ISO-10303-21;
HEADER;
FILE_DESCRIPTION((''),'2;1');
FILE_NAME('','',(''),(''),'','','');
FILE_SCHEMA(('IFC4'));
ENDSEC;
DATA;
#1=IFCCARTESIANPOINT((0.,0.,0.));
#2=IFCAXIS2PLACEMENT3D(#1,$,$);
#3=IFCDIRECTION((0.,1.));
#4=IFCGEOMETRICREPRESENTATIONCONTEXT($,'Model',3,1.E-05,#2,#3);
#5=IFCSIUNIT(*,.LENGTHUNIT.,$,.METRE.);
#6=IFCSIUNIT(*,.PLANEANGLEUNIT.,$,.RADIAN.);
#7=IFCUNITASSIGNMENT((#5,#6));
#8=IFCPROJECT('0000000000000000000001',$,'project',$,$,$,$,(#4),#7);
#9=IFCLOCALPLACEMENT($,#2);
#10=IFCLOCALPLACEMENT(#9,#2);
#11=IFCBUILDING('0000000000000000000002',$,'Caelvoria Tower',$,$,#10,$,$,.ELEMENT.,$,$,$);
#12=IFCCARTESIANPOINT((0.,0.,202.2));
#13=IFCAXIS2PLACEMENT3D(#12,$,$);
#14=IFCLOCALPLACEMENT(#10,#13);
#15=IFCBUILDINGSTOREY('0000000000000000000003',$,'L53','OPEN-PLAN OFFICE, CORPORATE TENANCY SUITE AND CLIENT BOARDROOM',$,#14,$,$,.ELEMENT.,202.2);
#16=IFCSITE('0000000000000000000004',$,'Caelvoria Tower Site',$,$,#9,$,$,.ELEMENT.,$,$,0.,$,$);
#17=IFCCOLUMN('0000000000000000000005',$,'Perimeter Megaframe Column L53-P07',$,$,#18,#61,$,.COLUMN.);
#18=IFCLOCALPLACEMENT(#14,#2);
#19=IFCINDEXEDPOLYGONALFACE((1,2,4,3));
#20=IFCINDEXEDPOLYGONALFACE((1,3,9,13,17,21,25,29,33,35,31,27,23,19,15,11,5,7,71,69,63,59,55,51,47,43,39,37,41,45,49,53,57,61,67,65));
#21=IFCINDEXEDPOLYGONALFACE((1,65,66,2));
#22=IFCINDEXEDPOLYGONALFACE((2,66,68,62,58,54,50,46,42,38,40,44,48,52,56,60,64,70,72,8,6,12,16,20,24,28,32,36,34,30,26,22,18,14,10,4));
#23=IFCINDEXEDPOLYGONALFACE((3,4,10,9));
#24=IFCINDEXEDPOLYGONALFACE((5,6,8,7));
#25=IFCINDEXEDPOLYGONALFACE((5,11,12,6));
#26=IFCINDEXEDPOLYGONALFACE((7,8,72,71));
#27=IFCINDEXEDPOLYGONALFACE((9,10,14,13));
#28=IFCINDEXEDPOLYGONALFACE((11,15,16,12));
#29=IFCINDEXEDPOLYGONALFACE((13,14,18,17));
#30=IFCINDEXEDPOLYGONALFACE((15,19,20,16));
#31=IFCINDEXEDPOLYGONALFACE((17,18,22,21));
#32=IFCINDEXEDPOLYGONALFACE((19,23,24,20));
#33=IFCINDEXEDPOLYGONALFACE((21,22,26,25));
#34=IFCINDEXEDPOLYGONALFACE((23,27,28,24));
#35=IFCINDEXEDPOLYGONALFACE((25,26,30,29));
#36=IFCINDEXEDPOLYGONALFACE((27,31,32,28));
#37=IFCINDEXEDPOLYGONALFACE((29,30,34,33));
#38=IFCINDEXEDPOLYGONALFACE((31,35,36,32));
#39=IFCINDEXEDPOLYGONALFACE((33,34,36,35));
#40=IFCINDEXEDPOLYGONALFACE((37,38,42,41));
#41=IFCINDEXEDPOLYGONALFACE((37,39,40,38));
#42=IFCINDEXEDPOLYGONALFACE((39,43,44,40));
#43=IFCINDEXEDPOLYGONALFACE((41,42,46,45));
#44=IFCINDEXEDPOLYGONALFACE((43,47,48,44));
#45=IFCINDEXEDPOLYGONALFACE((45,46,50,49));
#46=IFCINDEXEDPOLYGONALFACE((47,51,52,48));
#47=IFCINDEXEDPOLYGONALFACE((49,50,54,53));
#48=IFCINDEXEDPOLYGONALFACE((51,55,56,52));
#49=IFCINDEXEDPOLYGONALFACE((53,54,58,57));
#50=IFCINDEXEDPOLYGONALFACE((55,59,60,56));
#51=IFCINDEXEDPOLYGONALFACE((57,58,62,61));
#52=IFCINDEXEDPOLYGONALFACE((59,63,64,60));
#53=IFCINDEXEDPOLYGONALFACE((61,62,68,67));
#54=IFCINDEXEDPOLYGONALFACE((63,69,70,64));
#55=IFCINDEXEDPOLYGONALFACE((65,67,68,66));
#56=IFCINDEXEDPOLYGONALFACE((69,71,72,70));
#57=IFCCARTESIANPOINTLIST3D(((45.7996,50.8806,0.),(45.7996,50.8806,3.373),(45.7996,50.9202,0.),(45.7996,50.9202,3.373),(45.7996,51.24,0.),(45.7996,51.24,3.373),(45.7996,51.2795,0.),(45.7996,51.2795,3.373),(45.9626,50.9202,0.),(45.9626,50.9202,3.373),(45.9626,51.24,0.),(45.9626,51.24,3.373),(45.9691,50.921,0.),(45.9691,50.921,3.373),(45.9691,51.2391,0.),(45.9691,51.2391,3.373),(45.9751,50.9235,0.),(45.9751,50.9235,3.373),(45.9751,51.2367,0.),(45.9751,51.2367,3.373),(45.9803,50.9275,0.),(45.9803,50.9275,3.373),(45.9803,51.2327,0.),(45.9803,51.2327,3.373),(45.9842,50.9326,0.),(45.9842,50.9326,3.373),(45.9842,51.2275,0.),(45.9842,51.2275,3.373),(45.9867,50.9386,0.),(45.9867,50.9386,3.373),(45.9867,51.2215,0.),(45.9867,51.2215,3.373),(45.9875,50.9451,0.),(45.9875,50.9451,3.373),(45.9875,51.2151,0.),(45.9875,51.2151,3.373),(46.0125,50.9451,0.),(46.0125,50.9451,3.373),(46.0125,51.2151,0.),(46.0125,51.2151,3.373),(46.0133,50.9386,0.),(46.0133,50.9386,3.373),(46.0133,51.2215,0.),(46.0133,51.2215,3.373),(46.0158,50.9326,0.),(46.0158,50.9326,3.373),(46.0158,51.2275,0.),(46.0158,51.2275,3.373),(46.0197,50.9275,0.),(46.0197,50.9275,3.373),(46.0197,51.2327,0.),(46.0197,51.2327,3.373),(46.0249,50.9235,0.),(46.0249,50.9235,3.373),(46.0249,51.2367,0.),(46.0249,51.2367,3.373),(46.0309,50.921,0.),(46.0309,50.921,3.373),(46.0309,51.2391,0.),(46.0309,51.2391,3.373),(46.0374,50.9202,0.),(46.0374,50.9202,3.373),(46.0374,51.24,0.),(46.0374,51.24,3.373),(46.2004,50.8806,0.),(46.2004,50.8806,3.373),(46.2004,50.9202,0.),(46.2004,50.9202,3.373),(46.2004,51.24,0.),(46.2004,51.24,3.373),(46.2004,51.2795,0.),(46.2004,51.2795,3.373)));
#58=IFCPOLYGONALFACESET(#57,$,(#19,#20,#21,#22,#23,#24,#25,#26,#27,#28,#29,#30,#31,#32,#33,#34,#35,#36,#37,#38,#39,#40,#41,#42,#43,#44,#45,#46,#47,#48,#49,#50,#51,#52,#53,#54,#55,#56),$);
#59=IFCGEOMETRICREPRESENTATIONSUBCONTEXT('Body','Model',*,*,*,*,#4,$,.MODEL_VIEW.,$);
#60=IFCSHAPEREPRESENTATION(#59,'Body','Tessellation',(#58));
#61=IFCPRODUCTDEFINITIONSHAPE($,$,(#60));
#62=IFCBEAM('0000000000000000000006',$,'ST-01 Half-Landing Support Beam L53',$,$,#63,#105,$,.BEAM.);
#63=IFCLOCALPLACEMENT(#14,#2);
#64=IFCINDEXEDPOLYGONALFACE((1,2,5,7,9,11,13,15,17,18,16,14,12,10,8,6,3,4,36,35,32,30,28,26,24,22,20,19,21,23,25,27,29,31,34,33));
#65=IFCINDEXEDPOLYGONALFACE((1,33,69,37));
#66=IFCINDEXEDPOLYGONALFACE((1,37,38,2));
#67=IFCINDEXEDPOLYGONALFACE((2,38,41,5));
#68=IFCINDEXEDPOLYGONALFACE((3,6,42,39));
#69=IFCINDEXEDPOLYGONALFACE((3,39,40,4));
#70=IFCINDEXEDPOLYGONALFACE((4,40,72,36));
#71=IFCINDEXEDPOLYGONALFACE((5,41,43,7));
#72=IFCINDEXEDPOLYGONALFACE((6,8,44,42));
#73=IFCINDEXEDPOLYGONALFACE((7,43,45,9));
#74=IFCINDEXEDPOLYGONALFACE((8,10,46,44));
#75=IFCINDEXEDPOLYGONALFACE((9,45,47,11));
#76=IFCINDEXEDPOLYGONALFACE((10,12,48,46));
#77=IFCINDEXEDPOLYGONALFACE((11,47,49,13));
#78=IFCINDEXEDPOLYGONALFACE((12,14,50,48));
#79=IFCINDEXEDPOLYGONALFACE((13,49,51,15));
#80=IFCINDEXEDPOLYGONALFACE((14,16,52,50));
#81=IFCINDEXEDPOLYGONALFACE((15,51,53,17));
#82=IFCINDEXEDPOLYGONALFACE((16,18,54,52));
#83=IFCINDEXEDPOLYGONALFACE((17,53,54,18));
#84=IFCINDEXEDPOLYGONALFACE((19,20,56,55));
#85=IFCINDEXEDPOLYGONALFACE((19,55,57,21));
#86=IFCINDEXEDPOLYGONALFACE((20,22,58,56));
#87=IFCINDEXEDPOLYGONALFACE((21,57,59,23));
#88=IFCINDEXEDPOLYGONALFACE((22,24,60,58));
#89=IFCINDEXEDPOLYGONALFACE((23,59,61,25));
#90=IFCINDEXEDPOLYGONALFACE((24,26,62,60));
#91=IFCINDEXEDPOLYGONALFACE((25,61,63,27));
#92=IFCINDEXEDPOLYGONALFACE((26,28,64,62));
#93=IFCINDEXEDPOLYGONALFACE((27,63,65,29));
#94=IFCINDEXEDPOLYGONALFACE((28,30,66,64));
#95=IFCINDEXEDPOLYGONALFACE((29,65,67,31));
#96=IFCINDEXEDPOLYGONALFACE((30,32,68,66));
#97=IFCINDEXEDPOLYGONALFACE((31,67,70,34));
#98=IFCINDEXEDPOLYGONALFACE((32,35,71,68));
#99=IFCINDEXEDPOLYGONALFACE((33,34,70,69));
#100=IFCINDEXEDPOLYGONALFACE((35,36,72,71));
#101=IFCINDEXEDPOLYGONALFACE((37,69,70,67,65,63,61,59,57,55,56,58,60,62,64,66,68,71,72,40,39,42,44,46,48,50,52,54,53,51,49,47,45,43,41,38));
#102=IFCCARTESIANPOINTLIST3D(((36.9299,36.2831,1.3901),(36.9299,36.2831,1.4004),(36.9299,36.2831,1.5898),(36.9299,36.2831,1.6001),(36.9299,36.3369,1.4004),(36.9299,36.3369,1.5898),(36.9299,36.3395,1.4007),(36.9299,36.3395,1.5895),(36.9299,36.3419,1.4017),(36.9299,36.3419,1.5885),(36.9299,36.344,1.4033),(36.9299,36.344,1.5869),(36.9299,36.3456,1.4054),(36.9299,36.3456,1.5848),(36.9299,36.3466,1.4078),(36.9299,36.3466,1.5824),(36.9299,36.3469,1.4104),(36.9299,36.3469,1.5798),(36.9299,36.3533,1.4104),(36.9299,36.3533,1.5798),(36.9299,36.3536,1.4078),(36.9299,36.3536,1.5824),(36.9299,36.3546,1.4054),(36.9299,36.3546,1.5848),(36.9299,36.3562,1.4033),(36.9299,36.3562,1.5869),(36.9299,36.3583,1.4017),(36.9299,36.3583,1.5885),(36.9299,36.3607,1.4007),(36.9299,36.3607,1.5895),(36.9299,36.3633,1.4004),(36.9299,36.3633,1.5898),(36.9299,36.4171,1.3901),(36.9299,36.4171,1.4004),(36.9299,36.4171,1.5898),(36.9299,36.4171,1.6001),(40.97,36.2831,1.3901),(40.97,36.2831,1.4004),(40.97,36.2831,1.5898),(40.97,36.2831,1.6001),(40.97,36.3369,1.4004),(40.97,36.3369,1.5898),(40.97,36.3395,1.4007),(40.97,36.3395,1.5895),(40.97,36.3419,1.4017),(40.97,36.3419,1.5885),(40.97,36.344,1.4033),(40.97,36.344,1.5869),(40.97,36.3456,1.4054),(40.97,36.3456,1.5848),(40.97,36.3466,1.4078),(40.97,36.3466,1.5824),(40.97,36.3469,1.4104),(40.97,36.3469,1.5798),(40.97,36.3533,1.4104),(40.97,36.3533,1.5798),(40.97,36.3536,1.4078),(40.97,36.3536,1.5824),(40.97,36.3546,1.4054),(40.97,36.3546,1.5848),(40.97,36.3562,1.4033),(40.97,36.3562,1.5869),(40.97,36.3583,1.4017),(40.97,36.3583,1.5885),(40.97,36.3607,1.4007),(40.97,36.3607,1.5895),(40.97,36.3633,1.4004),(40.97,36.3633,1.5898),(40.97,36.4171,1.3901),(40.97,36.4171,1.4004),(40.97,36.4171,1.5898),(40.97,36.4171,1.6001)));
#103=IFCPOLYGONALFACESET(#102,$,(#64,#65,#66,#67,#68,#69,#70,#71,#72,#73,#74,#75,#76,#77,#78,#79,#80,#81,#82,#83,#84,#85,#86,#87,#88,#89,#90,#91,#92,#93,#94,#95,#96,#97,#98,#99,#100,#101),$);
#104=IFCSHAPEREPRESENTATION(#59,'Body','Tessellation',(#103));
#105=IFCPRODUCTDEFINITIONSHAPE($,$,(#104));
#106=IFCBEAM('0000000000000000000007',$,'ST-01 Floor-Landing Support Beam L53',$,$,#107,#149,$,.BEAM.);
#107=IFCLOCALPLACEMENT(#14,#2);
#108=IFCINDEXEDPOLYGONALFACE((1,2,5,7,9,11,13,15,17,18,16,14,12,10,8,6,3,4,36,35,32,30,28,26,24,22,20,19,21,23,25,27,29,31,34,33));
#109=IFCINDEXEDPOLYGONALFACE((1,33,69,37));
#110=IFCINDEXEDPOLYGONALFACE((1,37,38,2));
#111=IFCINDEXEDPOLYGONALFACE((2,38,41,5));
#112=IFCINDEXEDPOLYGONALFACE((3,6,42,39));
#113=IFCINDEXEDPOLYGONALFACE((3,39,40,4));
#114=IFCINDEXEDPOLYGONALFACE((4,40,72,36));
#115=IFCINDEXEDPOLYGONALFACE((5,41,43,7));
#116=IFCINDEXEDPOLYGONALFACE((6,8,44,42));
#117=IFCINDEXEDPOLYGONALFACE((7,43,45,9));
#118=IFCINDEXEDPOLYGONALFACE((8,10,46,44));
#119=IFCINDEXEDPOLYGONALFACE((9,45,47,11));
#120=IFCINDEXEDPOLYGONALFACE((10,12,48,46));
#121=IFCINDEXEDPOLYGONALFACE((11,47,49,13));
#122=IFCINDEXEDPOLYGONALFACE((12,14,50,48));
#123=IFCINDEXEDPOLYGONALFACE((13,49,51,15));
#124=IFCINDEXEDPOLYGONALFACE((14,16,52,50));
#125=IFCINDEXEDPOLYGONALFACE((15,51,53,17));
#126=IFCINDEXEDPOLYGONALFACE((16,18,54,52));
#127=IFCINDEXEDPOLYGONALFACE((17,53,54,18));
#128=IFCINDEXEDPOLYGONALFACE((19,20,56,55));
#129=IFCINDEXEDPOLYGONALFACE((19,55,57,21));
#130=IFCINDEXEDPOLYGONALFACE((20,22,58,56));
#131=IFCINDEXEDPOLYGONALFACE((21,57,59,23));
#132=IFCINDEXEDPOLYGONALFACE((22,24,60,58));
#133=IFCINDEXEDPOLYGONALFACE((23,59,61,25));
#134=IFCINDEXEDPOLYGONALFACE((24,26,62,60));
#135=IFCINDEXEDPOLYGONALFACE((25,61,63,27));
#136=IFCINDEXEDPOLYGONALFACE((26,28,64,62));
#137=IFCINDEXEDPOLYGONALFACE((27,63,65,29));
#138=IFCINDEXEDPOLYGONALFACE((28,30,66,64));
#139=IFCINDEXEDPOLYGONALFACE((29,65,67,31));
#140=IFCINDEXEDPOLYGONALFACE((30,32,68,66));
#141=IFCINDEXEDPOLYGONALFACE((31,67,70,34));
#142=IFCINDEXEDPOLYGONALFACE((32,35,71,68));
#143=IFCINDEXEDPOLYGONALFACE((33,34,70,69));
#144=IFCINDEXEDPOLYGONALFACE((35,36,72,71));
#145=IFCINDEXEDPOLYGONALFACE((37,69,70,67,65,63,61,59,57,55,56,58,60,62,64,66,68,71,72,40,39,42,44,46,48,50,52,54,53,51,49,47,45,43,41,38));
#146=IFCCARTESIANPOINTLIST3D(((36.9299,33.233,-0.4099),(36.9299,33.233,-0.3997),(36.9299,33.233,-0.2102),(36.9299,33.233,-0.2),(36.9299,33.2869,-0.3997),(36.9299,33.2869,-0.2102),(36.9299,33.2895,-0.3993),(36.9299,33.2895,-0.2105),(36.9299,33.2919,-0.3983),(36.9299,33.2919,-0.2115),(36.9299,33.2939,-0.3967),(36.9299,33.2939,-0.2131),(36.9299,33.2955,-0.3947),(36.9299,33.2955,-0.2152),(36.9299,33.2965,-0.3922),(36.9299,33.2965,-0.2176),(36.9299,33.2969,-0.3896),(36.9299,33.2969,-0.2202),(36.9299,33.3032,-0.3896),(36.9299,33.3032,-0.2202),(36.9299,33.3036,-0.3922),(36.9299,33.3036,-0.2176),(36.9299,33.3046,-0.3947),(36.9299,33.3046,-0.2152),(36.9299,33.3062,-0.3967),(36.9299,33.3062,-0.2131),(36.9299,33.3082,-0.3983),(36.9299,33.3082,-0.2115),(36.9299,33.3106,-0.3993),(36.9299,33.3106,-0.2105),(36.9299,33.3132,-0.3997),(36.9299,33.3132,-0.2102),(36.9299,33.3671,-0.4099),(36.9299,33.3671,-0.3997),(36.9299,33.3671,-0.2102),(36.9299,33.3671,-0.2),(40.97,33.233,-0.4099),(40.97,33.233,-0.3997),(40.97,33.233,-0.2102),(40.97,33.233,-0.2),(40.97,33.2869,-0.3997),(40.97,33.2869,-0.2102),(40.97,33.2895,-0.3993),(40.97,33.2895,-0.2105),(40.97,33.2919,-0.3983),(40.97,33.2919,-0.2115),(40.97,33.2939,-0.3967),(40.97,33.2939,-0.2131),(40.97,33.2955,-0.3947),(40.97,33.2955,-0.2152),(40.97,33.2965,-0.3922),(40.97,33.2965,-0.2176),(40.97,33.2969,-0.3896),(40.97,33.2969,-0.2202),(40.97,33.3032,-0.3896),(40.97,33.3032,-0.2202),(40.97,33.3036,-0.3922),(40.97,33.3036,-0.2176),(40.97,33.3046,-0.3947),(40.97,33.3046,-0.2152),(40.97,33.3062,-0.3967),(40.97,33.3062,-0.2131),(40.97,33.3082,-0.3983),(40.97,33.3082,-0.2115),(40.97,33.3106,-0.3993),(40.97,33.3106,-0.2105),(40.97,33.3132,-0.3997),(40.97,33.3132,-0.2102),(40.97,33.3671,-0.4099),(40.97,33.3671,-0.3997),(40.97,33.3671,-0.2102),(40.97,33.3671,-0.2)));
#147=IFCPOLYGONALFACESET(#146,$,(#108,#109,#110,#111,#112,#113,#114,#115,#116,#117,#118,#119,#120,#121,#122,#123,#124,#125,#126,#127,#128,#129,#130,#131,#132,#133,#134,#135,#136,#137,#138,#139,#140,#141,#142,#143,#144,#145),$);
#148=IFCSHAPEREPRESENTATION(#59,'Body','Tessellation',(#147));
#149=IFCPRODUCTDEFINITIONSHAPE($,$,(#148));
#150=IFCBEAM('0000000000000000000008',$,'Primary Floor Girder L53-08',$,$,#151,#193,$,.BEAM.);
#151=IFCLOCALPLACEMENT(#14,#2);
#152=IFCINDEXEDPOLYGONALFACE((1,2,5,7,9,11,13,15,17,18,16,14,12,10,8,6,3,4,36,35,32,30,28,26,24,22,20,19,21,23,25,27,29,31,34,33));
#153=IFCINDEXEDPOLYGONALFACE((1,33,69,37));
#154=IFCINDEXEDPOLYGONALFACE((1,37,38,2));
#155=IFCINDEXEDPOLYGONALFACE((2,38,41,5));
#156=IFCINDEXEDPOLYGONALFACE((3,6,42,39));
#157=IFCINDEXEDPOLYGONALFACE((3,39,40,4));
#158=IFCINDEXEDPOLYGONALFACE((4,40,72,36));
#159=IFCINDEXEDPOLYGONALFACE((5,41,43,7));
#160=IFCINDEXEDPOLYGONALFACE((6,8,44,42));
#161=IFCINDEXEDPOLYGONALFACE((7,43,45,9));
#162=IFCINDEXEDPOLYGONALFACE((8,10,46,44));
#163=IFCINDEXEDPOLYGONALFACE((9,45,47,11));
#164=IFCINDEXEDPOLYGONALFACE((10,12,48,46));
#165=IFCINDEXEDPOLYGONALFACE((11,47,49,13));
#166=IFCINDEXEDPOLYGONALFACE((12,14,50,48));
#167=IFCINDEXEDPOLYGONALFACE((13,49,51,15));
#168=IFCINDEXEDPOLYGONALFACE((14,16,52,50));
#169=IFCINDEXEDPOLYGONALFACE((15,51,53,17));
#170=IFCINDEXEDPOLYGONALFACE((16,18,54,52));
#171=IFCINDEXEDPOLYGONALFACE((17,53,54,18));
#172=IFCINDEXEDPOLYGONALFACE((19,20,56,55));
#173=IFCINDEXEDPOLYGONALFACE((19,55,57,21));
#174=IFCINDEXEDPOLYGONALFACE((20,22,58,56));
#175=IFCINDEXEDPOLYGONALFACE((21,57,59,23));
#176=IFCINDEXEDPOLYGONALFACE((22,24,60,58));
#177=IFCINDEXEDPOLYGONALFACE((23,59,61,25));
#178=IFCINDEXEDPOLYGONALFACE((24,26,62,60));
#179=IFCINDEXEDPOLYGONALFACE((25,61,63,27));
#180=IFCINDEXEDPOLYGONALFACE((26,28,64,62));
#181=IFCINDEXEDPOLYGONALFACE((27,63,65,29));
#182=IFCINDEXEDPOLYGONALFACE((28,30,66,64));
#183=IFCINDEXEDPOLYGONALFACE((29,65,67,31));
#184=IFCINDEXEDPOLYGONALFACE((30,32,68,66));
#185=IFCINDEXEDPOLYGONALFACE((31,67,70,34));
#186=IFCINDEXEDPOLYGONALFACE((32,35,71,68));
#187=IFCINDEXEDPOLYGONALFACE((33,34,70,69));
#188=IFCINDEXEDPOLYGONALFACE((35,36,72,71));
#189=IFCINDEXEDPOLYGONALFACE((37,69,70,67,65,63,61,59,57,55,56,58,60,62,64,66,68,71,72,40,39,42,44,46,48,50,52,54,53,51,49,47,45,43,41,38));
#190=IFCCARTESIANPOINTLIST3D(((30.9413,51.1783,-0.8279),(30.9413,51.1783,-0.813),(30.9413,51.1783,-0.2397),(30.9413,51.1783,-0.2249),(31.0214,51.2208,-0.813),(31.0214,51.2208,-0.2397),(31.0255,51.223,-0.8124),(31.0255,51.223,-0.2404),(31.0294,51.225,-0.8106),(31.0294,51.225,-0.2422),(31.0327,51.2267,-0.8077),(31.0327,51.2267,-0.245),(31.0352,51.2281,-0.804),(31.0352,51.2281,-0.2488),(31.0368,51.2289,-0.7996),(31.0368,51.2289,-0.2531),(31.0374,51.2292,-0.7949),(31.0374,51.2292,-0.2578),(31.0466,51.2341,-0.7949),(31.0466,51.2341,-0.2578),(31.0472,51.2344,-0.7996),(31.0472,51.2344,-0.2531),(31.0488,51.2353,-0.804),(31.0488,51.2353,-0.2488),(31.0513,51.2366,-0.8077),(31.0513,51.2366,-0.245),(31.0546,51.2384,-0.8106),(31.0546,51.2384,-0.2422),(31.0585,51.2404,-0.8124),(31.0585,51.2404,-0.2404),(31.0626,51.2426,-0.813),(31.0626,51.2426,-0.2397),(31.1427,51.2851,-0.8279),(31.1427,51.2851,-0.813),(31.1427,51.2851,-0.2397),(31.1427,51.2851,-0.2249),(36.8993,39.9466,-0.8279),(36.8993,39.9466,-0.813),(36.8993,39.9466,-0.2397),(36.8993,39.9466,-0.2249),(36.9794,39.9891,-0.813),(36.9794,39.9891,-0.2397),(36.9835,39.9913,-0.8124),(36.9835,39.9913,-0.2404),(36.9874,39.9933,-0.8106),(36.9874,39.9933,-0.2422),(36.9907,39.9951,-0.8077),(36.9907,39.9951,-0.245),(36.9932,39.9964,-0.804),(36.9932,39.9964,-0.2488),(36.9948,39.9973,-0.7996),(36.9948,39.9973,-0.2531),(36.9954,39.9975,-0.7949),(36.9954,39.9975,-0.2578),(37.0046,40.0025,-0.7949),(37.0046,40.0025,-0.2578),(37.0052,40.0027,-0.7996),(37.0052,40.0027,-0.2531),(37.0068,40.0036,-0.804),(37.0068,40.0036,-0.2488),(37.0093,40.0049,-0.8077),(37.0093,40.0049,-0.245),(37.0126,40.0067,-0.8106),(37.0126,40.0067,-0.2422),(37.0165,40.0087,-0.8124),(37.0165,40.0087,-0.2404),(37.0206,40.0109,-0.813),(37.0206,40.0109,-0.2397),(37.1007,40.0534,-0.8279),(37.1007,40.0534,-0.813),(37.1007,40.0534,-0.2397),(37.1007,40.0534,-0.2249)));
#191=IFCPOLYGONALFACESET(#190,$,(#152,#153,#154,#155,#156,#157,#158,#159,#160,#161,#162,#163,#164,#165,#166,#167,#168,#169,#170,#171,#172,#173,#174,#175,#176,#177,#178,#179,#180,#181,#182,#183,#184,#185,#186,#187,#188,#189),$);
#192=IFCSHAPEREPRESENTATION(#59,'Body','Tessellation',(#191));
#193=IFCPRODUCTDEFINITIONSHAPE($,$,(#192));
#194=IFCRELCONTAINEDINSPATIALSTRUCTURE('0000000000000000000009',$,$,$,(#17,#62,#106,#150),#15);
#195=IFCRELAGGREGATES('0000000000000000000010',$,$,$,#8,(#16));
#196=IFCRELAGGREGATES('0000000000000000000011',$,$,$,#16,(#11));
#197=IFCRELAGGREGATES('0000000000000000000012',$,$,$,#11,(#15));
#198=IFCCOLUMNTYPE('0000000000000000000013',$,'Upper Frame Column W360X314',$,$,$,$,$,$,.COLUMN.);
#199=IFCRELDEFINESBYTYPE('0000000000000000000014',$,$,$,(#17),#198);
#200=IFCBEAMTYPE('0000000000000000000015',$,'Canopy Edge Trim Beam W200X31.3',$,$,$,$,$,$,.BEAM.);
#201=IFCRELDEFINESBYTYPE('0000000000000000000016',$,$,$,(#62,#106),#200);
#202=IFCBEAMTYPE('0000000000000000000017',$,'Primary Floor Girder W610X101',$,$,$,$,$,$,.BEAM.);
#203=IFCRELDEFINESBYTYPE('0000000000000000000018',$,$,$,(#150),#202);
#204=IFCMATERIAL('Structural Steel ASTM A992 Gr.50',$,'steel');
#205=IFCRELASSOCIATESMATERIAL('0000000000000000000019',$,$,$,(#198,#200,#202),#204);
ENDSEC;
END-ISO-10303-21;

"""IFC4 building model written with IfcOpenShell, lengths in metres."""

from ifc_helpers import new_model, si_unit, direction, frame, origin, origin_2d, place, context, subcontext, project, spatial, i_section, extrude, material, material_profile, profile_set, type_object, element, save


model = new_model("IFC4")

# Units and contexts
model_context = context("Model", 3, precision=1e-05, world=origin(), true_north=direction((0.0, 1.0)))
body_context = subcontext(model_context, "Body", "Model", "MODEL_VIEW")
ifc_project = project(units=[si_unit("LENGTHUNIT", "METRE"), si_unit("PLANEANGLEUNIT", "RADIAN")], contexts=[model_context])

# Site, building, storey
site_placement = place(None, origin())
site = spatial("IfcSite", under=ifc_project, at=site_placement, Name="Caelvoria Tower Site", CompositionType="ELEMENT", RefElevation=0.0)
building_placement = place(site_placement, origin())
building = spatial("IfcBuilding", under=site, at=building_placement, Name="Caelvoria Tower", CompositionType="ELEMENT")
storey_placement = place(building_placement, frame((0.0, 0.0, 202.2)))
storey = spatial("IfcBuildingStorey", under=building, at=storey_placement, Name="L53", Description="OPEN-PLAN OFFICE, CORPORATE TENANCY SUITE AND CLIENT BOARDROOM", CompositionType="ELEMENT", Elevation=202.2)

# Column
ifc_material_1 = material(Name="Structural Steel ASTM A992 Gr.50", Category="steel")
ifc_material_profile_1 = material_profile(ifc_material_1, i_section(OverallWidth=0.4009, OverallDepth=0.3989, WebThickness=0.0249, FlangeThickness=0.0396, FilletRadius=0.0249, at=origin_2d()), Name="Structural Steel ASTM A992 Gr.50")
ifc_profile_set_1 = profile_set([ifc_material_profile_1], Name="W360X314 - Structural Steel ASTM A992 Gr.50")
column_type = type_object("IfcColumnType", Name="Upper Frame Column W360X314", PredefinedType="COLUMN", material=ifc_profile_set_1)
column_placement = place(storey_placement, frame((46.0, 51.0801, 0.0), z_axis=(0.0, 0.0, 1.0), x_axis=(1.0, 0.0, 0.0)))
element("IfcColumn", 1, at=column_placement, inside=storey, type_object=column_type, Name="Perimeter Megaframe Column L53-P07", PredefinedType="COLUMN", context=body_context, shape_type="SweptSolid", body=[
    extrude(i_section(OverallWidth=0.4009, OverallDepth=0.3989, WebThickness=0.0249, FlangeThickness=0.0396, FilletRadius=0.0249, at=origin_2d()), origin(), (0.0, 0.0, 1.0), 3.373),
])

# Beams
ifc_material_profile_2 = material_profile(ifc_material_1, i_section(OverallWidth=0.134, OverallDepth=0.21, WebThickness=0.0063, FlangeThickness=0.0103, FilletRadius=0.01, at=origin_2d()), Name="Structural Steel ASTM A992 Gr.50")
ifc_profile_set_2 = profile_set([ifc_material_profile_2], Name="W200X31.3 - Structural Steel ASTM A992 Gr.50")
beam_type_1 = type_object("IfcBeamType", Name="Canopy Edge Trim Beam W200X31.3", PredefinedType="BEAM", material=ifc_profile_set_2)
for number, where, z_axis, x_axis, name in (
    (2, (36.9299, 36.3501, 1.4951), (1.0, 0.0, 0.0), (0.0, 1.0, 0.0), "ST-01 Half-Landing Support Beam L53"),
    (3, (36.9299, 33.3, -0.3049), (1.0, 0.0, 0.0), (0.0, 1.0, 0.0), "ST-01 Floor-Landing Support Beam L53"),
):
    element("IfcBeam", number, at=place(storey_placement, frame(where, z_axis=z_axis, x_axis=x_axis)), inside=storey, type_object=beam_type_1, Name=name, PredefinedType="BEAM", context=body_context, shape_type="SweptSolid", body=[
        extrude(i_section(OverallWidth=0.134, OverallDepth=0.21, WebThickness=0.0063, FlangeThickness=0.0103, FilletRadius=0.01, at=origin_2d()), origin(), (0.0, 0.0, 1.0), 4.04),
    ])
ifc_material_profile_3 = material_profile(ifc_material_1, i_section(OverallWidth=0.228, OverallDepth=0.603, WebThickness=0.0105, FlangeThickness=0.0149, FilletRadius=0.0181, at=origin_2d()), Name="Structural Steel ASTM A992 Gr.50")
ifc_profile_set_3 = profile_set([ifc_material_profile_3], Name="W610X101 - Structural Steel ASTM A992 Gr.50")
beam_type_2 = type_object("IfcBeamType", Name="Primary Floor Girder W610X101", PredefinedType="BEAM", material=ifc_profile_set_3)
beam_1_placement = place(storey_placement, frame((37.0, 40.0, -0.5264), z_axis=(-0.468614, 0.883403, 0.0), x_axis=(-0.883403, -0.468614, 0.0)))
element("IfcBeam", 4, at=beam_1_placement, inside=storey, type_object=beam_type_2, Name="Primary Floor Girder L53-08", PredefinedType="BEAM", context=body_context, shape_type="SweptSolid", body=[
    extrude(i_section(OverallWidth=0.228, OverallDepth=0.603, WebThickness=0.0105, FlangeThickness=0.0149, FilletRadius=0.0181, at=origin_2d()), origin(), (0.0, 0.0, 1.0), 12.7141),
])

save(model, "model.ifc")
